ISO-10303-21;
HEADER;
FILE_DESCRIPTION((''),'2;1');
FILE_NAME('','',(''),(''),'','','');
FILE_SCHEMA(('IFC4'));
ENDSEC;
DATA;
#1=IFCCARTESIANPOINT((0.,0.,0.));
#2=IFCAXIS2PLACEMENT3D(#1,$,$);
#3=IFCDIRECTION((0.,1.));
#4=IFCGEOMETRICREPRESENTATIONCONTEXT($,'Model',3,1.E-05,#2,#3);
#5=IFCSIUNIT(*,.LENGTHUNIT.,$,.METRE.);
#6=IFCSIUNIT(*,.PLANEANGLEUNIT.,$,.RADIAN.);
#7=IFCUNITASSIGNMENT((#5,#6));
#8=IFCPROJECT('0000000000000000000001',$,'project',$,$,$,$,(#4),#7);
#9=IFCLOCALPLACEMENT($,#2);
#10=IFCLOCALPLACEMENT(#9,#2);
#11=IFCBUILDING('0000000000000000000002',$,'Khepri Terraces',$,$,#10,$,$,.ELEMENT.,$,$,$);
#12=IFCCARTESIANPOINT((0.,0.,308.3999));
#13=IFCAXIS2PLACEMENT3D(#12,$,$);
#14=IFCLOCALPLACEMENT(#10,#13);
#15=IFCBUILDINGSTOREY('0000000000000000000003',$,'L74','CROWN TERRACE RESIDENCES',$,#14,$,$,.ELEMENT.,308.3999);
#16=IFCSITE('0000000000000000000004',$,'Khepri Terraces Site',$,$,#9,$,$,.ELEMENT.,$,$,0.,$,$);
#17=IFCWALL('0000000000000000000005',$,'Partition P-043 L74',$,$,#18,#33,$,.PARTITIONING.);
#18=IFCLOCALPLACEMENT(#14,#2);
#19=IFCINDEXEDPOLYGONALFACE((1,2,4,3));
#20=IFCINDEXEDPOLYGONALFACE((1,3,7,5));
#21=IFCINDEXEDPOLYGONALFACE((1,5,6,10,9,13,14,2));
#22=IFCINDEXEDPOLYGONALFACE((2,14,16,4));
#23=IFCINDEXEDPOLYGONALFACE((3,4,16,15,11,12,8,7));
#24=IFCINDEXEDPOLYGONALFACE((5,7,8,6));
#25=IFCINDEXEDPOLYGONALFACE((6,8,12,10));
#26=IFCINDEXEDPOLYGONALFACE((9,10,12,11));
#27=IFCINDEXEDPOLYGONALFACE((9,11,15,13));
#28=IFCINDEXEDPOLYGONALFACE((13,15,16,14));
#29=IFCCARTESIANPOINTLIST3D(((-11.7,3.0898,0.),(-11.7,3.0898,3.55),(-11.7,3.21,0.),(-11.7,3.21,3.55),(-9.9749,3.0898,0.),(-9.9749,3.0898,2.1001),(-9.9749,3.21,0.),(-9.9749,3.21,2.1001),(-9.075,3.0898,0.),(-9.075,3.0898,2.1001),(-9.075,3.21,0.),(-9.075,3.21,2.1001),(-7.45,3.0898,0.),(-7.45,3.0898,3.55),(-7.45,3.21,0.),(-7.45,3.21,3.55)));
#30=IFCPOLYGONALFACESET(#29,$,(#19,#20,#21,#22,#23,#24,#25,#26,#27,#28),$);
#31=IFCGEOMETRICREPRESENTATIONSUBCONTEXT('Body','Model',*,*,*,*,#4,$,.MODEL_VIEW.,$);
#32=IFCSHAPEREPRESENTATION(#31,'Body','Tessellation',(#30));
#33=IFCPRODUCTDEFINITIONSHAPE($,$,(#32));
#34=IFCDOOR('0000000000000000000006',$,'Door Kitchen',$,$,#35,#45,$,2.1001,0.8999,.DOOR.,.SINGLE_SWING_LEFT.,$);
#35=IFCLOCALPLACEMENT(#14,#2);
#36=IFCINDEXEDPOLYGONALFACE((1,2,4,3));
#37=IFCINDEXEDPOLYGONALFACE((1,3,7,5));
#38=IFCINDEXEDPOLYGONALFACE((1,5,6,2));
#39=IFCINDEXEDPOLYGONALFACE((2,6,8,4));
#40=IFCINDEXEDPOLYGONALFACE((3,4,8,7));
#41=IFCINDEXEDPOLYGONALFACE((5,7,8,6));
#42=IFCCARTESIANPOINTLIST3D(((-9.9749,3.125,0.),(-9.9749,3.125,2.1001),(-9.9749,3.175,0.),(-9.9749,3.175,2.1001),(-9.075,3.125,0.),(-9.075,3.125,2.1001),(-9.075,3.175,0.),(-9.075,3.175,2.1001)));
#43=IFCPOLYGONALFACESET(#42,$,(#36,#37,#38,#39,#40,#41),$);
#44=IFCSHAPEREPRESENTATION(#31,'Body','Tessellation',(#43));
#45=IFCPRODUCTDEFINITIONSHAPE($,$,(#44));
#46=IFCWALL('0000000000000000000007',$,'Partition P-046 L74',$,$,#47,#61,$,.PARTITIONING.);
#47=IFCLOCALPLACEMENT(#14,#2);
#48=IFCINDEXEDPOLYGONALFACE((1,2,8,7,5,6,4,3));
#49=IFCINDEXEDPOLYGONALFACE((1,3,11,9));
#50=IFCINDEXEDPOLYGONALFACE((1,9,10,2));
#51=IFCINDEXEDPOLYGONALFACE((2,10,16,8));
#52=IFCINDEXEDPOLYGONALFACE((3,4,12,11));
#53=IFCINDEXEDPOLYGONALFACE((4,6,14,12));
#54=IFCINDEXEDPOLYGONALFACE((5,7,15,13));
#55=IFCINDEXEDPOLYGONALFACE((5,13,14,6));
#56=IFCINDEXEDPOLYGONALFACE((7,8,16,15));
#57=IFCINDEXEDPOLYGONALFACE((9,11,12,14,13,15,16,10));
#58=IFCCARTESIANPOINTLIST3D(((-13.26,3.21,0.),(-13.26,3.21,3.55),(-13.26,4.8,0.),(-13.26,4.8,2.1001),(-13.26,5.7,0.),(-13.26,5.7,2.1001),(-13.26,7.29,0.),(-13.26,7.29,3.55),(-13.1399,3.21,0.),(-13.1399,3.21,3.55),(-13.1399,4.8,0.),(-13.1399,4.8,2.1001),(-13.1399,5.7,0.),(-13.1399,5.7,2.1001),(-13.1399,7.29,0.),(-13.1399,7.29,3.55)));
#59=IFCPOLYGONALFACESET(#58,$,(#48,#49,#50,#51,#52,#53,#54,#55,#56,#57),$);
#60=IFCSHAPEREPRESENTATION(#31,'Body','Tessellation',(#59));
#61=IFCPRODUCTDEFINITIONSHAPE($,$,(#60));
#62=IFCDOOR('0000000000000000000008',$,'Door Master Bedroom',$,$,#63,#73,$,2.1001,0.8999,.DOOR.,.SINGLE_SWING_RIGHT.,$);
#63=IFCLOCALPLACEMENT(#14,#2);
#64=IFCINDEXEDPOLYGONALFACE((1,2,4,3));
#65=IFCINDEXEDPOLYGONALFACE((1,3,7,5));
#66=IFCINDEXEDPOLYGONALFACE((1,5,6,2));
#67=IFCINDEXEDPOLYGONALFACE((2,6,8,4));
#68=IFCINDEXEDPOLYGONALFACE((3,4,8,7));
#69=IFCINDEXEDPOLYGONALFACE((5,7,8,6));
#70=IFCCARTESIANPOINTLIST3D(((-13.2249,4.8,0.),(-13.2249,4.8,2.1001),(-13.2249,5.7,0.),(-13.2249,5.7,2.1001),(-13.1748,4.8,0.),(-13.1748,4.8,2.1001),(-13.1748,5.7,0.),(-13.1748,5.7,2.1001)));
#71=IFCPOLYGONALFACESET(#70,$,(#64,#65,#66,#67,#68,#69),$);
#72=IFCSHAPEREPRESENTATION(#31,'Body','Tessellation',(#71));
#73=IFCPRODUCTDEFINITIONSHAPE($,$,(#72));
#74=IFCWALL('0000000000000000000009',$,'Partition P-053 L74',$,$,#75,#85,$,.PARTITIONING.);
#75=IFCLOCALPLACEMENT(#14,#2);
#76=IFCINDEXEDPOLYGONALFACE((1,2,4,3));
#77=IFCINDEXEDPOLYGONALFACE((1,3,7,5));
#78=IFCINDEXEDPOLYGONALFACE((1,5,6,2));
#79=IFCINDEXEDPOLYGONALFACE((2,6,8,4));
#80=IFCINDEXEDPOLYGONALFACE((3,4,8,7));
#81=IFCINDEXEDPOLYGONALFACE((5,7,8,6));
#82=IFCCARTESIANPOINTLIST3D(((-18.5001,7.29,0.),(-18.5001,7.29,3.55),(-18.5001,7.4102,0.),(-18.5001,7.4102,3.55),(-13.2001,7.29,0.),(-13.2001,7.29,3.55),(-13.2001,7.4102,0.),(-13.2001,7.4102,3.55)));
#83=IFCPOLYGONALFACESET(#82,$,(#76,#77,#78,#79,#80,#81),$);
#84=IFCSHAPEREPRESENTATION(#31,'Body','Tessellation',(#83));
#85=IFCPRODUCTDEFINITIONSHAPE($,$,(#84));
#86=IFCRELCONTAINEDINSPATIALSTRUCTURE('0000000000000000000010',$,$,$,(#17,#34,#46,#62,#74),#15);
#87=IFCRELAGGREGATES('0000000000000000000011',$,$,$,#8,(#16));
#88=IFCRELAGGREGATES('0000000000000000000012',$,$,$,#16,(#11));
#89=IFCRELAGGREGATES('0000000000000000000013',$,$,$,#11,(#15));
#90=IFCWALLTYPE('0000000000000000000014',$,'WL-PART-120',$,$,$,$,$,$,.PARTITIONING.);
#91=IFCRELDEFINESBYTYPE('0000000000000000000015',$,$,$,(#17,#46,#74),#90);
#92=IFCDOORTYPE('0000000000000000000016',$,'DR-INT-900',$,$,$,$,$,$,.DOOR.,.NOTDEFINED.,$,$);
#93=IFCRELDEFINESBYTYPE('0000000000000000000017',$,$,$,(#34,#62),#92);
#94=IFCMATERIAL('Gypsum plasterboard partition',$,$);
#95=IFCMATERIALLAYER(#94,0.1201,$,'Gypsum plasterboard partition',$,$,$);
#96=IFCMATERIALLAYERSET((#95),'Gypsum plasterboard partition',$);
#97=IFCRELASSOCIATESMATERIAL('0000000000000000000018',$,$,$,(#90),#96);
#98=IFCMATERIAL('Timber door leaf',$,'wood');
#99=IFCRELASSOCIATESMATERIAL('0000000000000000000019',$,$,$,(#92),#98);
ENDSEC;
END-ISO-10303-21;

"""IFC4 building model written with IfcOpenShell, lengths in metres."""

from ifc_helpers import new_model, si_unit, direction, frame, frame_2d, origin, place, context, subcontext, project, spatial, rectangle, extrude, material, layer, layer_set, type_object, element, fill, save


model = new_model("IFC4")

# Units and contexts
model_context = context("Model", 3, precision=1e-05, world=origin(), true_north=direction((0.0, 1.0)))
body_context = subcontext(model_context, "Body", "Model", "MODEL_VIEW")
ifc_project = project(units=[si_unit("LENGTHUNIT", "METRE"), si_unit("PLANEANGLEUNIT", "RADIAN")], contexts=[model_context])

# Site, building, storey
site_placement = place(None, origin())
site = spatial("IfcSite", under=ifc_project, at=site_placement, Name="Khepri Terraces Site", CompositionType="ELEMENT", RefElevation=0.0)
building_placement = place(site_placement, origin())
building = spatial("IfcBuilding", under=site, at=building_placement, Name="Khepri Terraces", CompositionType="ELEMENT")
storey_placement = place(building_placement, frame((0.0, 0.0, 308.3999)))
storey = spatial("IfcBuildingStorey", under=building, at=storey_placement, Name="L74", Description="CROWN TERRACE RESIDENCES", CompositionType="ELEMENT", Elevation=308.3999)

# Shared definitions
ifc_material_1 = material(Name="Gypsum plasterboard partition")
ifc_layer_1 = layer(ifc_material_1, 0.1201, Name="Gypsum plasterboard partition")
ifc_layer_set_1 = layer_set([ifc_layer_1], Name="Gypsum plasterboard partition")
wall_type_1 = type_object("IfcWallType", Name="WL-PART-120", PredefinedType="PARTITIONING", material=ifc_layer_set_1)

# Walls, openings, doors
ifc_material_2 = material(Name="Timber door leaf", Category="wood")
door_type_1 = type_object("IfcDoorType", Name="DR-INT-900", OperationType="NOTDEFINED", PredefinedType="DOOR", material=ifc_material_2)
wall_1_placement = place(storey_placement, frame((-11.7, 3.1499, 0.0), z_axis=(0.0, 0.0, 1.0), x_axis=(1.0, 0.0, 0.0)))
wall_1 = element("IfcWall", 1, at=wall_1_placement, inside=storey, type_object=wall_type_1, Name="Partition P-043 L74", PredefinedType="PARTITIONING", context=body_context, shape_type="SweptSolid", body=[
    extrude(rectangle(XDim=4.25, YDim=0.1201, at=frame_2d((2.125, 0.0))), origin(), (0.0, 0.0, 1.0), 3.55),
])
opening_1_placement = place(wall_1_placement, frame((1.7251, 0.0, 0.0)))
opening_1 = element("IfcOpeningElement", 2, at=opening_1_placement, cuts=wall_1, PredefinedType="OPENING", context=body_context, shape_type="SweptSolid", body=[
    extrude(rectangle(XDim=0.8999, YDim=2.1001, at=frame_2d((0.45, 1.05))), frame((0.0, 0.0701, 0.0), z_axis=(0.0, -1.0, 0.0), x_axis=(1.0, 0.0, 0.0)), (0.0, 0.0, 1.0), 0.1401),
])
door_1_placement = place(opening_1_placement, frame((0.8999, 0.0, 0.0), z_axis=(0.0, 0.0, 1.0), x_axis=(-1.0, 0.0, 0.0)))
door_1 = element("IfcDoor", 3, at=door_1_placement, inside=storey, type_object=door_type_1, Name="Door Kitchen", OperationType="SINGLE_SWING_LEFT", OverallHeight=2.1001, OverallWidth=0.8999, PredefinedType="DOOR", context=body_context, shape_type="SweptSolid", body=[
    extrude(rectangle(XDim=0.8999, YDim=2.1001, at=frame_2d((0.45, 1.05))), frame((0.0, 0.0249, 0.0), z_axis=(0.0, -1.0, 0.0), x_axis=(1.0, 0.0, 0.0)), (0.0, 0.0, 1.0), 0.05),
])
fill(opening_1, door_1)
wall_2_placement = place(storey_placement, frame((-13.2, 3.21, 0.0), z_axis=(0.0, 0.0, 1.0), x_axis=(0.0, 1.0, 0.0)))
wall_2 = element("IfcWall", 4, at=wall_2_placement, inside=storey, type_object=wall_type_1, Name="Partition P-046 L74", PredefinedType="PARTITIONING", context=body_context, shape_type="SweptSolid", body=[
    extrude(rectangle(XDim=4.0801, YDim=0.1201, at=frame_2d((2.04, 0.0))), origin(), (0.0, 0.0, 1.0), 3.55),
])
opening_2_placement = place(wall_2_placement, frame((1.5901, 0.0, 0.0)))
opening_2 = element("IfcOpeningElement", 5, at=opening_2_placement, cuts=wall_2, PredefinedType="OPENING", context=body_context, shape_type="SweptSolid", body=[
    extrude(rectangle(XDim=0.8999, YDim=2.1001, at=frame_2d((0.45, 1.05))), frame((0.0, 0.0701, 0.0), z_axis=(0.0, -1.0, 0.0), x_axis=(1.0, 0.0, 0.0)), (0.0, 0.0, 1.0), 0.1401),
])
door_2_placement = place(opening_2_placement, origin())
door_2 = element("IfcDoor", 6, at=door_2_placement, inside=storey, type_object=door_type_1, Name="Door Master Bedroom", OperationType="SINGLE_SWING_RIGHT", OverallHeight=2.1001, OverallWidth=0.8999, PredefinedType="DOOR", context=body_context, shape_type="SweptSolid", body=[
    extrude(rectangle(XDim=0.8999, YDim=2.1001, at=frame_2d((0.45, 1.05))), frame((0.0, 0.0249, 0.0), z_axis=(0.0, -1.0, 0.0), x_axis=(1.0, 0.0, 0.0)), (0.0, 0.0, 1.0), 0.05),
])
fill(opening_2, door_2)

# Wall
wall_3_placement = place(storey_placement, frame((-18.5, 7.3501, 0.0), z_axis=(0.0, 0.0, 1.0), x_axis=(1.0, 0.0, 0.0)))
element("IfcWall", 7, at=wall_3_placement, inside=storey, type_object=wall_type_1, Name="Partition P-053 L74", PredefinedType="PARTITIONING", context=body_context, shape_type="SweptSolid", body=[
    extrude(rectangle(XDim=5.3, YDim=0.1201, at=frame_2d((2.6499, 0.0))), origin(), (0.0, 0.0, 1.0), 3.55),
])

save(model, "model.ifc")
